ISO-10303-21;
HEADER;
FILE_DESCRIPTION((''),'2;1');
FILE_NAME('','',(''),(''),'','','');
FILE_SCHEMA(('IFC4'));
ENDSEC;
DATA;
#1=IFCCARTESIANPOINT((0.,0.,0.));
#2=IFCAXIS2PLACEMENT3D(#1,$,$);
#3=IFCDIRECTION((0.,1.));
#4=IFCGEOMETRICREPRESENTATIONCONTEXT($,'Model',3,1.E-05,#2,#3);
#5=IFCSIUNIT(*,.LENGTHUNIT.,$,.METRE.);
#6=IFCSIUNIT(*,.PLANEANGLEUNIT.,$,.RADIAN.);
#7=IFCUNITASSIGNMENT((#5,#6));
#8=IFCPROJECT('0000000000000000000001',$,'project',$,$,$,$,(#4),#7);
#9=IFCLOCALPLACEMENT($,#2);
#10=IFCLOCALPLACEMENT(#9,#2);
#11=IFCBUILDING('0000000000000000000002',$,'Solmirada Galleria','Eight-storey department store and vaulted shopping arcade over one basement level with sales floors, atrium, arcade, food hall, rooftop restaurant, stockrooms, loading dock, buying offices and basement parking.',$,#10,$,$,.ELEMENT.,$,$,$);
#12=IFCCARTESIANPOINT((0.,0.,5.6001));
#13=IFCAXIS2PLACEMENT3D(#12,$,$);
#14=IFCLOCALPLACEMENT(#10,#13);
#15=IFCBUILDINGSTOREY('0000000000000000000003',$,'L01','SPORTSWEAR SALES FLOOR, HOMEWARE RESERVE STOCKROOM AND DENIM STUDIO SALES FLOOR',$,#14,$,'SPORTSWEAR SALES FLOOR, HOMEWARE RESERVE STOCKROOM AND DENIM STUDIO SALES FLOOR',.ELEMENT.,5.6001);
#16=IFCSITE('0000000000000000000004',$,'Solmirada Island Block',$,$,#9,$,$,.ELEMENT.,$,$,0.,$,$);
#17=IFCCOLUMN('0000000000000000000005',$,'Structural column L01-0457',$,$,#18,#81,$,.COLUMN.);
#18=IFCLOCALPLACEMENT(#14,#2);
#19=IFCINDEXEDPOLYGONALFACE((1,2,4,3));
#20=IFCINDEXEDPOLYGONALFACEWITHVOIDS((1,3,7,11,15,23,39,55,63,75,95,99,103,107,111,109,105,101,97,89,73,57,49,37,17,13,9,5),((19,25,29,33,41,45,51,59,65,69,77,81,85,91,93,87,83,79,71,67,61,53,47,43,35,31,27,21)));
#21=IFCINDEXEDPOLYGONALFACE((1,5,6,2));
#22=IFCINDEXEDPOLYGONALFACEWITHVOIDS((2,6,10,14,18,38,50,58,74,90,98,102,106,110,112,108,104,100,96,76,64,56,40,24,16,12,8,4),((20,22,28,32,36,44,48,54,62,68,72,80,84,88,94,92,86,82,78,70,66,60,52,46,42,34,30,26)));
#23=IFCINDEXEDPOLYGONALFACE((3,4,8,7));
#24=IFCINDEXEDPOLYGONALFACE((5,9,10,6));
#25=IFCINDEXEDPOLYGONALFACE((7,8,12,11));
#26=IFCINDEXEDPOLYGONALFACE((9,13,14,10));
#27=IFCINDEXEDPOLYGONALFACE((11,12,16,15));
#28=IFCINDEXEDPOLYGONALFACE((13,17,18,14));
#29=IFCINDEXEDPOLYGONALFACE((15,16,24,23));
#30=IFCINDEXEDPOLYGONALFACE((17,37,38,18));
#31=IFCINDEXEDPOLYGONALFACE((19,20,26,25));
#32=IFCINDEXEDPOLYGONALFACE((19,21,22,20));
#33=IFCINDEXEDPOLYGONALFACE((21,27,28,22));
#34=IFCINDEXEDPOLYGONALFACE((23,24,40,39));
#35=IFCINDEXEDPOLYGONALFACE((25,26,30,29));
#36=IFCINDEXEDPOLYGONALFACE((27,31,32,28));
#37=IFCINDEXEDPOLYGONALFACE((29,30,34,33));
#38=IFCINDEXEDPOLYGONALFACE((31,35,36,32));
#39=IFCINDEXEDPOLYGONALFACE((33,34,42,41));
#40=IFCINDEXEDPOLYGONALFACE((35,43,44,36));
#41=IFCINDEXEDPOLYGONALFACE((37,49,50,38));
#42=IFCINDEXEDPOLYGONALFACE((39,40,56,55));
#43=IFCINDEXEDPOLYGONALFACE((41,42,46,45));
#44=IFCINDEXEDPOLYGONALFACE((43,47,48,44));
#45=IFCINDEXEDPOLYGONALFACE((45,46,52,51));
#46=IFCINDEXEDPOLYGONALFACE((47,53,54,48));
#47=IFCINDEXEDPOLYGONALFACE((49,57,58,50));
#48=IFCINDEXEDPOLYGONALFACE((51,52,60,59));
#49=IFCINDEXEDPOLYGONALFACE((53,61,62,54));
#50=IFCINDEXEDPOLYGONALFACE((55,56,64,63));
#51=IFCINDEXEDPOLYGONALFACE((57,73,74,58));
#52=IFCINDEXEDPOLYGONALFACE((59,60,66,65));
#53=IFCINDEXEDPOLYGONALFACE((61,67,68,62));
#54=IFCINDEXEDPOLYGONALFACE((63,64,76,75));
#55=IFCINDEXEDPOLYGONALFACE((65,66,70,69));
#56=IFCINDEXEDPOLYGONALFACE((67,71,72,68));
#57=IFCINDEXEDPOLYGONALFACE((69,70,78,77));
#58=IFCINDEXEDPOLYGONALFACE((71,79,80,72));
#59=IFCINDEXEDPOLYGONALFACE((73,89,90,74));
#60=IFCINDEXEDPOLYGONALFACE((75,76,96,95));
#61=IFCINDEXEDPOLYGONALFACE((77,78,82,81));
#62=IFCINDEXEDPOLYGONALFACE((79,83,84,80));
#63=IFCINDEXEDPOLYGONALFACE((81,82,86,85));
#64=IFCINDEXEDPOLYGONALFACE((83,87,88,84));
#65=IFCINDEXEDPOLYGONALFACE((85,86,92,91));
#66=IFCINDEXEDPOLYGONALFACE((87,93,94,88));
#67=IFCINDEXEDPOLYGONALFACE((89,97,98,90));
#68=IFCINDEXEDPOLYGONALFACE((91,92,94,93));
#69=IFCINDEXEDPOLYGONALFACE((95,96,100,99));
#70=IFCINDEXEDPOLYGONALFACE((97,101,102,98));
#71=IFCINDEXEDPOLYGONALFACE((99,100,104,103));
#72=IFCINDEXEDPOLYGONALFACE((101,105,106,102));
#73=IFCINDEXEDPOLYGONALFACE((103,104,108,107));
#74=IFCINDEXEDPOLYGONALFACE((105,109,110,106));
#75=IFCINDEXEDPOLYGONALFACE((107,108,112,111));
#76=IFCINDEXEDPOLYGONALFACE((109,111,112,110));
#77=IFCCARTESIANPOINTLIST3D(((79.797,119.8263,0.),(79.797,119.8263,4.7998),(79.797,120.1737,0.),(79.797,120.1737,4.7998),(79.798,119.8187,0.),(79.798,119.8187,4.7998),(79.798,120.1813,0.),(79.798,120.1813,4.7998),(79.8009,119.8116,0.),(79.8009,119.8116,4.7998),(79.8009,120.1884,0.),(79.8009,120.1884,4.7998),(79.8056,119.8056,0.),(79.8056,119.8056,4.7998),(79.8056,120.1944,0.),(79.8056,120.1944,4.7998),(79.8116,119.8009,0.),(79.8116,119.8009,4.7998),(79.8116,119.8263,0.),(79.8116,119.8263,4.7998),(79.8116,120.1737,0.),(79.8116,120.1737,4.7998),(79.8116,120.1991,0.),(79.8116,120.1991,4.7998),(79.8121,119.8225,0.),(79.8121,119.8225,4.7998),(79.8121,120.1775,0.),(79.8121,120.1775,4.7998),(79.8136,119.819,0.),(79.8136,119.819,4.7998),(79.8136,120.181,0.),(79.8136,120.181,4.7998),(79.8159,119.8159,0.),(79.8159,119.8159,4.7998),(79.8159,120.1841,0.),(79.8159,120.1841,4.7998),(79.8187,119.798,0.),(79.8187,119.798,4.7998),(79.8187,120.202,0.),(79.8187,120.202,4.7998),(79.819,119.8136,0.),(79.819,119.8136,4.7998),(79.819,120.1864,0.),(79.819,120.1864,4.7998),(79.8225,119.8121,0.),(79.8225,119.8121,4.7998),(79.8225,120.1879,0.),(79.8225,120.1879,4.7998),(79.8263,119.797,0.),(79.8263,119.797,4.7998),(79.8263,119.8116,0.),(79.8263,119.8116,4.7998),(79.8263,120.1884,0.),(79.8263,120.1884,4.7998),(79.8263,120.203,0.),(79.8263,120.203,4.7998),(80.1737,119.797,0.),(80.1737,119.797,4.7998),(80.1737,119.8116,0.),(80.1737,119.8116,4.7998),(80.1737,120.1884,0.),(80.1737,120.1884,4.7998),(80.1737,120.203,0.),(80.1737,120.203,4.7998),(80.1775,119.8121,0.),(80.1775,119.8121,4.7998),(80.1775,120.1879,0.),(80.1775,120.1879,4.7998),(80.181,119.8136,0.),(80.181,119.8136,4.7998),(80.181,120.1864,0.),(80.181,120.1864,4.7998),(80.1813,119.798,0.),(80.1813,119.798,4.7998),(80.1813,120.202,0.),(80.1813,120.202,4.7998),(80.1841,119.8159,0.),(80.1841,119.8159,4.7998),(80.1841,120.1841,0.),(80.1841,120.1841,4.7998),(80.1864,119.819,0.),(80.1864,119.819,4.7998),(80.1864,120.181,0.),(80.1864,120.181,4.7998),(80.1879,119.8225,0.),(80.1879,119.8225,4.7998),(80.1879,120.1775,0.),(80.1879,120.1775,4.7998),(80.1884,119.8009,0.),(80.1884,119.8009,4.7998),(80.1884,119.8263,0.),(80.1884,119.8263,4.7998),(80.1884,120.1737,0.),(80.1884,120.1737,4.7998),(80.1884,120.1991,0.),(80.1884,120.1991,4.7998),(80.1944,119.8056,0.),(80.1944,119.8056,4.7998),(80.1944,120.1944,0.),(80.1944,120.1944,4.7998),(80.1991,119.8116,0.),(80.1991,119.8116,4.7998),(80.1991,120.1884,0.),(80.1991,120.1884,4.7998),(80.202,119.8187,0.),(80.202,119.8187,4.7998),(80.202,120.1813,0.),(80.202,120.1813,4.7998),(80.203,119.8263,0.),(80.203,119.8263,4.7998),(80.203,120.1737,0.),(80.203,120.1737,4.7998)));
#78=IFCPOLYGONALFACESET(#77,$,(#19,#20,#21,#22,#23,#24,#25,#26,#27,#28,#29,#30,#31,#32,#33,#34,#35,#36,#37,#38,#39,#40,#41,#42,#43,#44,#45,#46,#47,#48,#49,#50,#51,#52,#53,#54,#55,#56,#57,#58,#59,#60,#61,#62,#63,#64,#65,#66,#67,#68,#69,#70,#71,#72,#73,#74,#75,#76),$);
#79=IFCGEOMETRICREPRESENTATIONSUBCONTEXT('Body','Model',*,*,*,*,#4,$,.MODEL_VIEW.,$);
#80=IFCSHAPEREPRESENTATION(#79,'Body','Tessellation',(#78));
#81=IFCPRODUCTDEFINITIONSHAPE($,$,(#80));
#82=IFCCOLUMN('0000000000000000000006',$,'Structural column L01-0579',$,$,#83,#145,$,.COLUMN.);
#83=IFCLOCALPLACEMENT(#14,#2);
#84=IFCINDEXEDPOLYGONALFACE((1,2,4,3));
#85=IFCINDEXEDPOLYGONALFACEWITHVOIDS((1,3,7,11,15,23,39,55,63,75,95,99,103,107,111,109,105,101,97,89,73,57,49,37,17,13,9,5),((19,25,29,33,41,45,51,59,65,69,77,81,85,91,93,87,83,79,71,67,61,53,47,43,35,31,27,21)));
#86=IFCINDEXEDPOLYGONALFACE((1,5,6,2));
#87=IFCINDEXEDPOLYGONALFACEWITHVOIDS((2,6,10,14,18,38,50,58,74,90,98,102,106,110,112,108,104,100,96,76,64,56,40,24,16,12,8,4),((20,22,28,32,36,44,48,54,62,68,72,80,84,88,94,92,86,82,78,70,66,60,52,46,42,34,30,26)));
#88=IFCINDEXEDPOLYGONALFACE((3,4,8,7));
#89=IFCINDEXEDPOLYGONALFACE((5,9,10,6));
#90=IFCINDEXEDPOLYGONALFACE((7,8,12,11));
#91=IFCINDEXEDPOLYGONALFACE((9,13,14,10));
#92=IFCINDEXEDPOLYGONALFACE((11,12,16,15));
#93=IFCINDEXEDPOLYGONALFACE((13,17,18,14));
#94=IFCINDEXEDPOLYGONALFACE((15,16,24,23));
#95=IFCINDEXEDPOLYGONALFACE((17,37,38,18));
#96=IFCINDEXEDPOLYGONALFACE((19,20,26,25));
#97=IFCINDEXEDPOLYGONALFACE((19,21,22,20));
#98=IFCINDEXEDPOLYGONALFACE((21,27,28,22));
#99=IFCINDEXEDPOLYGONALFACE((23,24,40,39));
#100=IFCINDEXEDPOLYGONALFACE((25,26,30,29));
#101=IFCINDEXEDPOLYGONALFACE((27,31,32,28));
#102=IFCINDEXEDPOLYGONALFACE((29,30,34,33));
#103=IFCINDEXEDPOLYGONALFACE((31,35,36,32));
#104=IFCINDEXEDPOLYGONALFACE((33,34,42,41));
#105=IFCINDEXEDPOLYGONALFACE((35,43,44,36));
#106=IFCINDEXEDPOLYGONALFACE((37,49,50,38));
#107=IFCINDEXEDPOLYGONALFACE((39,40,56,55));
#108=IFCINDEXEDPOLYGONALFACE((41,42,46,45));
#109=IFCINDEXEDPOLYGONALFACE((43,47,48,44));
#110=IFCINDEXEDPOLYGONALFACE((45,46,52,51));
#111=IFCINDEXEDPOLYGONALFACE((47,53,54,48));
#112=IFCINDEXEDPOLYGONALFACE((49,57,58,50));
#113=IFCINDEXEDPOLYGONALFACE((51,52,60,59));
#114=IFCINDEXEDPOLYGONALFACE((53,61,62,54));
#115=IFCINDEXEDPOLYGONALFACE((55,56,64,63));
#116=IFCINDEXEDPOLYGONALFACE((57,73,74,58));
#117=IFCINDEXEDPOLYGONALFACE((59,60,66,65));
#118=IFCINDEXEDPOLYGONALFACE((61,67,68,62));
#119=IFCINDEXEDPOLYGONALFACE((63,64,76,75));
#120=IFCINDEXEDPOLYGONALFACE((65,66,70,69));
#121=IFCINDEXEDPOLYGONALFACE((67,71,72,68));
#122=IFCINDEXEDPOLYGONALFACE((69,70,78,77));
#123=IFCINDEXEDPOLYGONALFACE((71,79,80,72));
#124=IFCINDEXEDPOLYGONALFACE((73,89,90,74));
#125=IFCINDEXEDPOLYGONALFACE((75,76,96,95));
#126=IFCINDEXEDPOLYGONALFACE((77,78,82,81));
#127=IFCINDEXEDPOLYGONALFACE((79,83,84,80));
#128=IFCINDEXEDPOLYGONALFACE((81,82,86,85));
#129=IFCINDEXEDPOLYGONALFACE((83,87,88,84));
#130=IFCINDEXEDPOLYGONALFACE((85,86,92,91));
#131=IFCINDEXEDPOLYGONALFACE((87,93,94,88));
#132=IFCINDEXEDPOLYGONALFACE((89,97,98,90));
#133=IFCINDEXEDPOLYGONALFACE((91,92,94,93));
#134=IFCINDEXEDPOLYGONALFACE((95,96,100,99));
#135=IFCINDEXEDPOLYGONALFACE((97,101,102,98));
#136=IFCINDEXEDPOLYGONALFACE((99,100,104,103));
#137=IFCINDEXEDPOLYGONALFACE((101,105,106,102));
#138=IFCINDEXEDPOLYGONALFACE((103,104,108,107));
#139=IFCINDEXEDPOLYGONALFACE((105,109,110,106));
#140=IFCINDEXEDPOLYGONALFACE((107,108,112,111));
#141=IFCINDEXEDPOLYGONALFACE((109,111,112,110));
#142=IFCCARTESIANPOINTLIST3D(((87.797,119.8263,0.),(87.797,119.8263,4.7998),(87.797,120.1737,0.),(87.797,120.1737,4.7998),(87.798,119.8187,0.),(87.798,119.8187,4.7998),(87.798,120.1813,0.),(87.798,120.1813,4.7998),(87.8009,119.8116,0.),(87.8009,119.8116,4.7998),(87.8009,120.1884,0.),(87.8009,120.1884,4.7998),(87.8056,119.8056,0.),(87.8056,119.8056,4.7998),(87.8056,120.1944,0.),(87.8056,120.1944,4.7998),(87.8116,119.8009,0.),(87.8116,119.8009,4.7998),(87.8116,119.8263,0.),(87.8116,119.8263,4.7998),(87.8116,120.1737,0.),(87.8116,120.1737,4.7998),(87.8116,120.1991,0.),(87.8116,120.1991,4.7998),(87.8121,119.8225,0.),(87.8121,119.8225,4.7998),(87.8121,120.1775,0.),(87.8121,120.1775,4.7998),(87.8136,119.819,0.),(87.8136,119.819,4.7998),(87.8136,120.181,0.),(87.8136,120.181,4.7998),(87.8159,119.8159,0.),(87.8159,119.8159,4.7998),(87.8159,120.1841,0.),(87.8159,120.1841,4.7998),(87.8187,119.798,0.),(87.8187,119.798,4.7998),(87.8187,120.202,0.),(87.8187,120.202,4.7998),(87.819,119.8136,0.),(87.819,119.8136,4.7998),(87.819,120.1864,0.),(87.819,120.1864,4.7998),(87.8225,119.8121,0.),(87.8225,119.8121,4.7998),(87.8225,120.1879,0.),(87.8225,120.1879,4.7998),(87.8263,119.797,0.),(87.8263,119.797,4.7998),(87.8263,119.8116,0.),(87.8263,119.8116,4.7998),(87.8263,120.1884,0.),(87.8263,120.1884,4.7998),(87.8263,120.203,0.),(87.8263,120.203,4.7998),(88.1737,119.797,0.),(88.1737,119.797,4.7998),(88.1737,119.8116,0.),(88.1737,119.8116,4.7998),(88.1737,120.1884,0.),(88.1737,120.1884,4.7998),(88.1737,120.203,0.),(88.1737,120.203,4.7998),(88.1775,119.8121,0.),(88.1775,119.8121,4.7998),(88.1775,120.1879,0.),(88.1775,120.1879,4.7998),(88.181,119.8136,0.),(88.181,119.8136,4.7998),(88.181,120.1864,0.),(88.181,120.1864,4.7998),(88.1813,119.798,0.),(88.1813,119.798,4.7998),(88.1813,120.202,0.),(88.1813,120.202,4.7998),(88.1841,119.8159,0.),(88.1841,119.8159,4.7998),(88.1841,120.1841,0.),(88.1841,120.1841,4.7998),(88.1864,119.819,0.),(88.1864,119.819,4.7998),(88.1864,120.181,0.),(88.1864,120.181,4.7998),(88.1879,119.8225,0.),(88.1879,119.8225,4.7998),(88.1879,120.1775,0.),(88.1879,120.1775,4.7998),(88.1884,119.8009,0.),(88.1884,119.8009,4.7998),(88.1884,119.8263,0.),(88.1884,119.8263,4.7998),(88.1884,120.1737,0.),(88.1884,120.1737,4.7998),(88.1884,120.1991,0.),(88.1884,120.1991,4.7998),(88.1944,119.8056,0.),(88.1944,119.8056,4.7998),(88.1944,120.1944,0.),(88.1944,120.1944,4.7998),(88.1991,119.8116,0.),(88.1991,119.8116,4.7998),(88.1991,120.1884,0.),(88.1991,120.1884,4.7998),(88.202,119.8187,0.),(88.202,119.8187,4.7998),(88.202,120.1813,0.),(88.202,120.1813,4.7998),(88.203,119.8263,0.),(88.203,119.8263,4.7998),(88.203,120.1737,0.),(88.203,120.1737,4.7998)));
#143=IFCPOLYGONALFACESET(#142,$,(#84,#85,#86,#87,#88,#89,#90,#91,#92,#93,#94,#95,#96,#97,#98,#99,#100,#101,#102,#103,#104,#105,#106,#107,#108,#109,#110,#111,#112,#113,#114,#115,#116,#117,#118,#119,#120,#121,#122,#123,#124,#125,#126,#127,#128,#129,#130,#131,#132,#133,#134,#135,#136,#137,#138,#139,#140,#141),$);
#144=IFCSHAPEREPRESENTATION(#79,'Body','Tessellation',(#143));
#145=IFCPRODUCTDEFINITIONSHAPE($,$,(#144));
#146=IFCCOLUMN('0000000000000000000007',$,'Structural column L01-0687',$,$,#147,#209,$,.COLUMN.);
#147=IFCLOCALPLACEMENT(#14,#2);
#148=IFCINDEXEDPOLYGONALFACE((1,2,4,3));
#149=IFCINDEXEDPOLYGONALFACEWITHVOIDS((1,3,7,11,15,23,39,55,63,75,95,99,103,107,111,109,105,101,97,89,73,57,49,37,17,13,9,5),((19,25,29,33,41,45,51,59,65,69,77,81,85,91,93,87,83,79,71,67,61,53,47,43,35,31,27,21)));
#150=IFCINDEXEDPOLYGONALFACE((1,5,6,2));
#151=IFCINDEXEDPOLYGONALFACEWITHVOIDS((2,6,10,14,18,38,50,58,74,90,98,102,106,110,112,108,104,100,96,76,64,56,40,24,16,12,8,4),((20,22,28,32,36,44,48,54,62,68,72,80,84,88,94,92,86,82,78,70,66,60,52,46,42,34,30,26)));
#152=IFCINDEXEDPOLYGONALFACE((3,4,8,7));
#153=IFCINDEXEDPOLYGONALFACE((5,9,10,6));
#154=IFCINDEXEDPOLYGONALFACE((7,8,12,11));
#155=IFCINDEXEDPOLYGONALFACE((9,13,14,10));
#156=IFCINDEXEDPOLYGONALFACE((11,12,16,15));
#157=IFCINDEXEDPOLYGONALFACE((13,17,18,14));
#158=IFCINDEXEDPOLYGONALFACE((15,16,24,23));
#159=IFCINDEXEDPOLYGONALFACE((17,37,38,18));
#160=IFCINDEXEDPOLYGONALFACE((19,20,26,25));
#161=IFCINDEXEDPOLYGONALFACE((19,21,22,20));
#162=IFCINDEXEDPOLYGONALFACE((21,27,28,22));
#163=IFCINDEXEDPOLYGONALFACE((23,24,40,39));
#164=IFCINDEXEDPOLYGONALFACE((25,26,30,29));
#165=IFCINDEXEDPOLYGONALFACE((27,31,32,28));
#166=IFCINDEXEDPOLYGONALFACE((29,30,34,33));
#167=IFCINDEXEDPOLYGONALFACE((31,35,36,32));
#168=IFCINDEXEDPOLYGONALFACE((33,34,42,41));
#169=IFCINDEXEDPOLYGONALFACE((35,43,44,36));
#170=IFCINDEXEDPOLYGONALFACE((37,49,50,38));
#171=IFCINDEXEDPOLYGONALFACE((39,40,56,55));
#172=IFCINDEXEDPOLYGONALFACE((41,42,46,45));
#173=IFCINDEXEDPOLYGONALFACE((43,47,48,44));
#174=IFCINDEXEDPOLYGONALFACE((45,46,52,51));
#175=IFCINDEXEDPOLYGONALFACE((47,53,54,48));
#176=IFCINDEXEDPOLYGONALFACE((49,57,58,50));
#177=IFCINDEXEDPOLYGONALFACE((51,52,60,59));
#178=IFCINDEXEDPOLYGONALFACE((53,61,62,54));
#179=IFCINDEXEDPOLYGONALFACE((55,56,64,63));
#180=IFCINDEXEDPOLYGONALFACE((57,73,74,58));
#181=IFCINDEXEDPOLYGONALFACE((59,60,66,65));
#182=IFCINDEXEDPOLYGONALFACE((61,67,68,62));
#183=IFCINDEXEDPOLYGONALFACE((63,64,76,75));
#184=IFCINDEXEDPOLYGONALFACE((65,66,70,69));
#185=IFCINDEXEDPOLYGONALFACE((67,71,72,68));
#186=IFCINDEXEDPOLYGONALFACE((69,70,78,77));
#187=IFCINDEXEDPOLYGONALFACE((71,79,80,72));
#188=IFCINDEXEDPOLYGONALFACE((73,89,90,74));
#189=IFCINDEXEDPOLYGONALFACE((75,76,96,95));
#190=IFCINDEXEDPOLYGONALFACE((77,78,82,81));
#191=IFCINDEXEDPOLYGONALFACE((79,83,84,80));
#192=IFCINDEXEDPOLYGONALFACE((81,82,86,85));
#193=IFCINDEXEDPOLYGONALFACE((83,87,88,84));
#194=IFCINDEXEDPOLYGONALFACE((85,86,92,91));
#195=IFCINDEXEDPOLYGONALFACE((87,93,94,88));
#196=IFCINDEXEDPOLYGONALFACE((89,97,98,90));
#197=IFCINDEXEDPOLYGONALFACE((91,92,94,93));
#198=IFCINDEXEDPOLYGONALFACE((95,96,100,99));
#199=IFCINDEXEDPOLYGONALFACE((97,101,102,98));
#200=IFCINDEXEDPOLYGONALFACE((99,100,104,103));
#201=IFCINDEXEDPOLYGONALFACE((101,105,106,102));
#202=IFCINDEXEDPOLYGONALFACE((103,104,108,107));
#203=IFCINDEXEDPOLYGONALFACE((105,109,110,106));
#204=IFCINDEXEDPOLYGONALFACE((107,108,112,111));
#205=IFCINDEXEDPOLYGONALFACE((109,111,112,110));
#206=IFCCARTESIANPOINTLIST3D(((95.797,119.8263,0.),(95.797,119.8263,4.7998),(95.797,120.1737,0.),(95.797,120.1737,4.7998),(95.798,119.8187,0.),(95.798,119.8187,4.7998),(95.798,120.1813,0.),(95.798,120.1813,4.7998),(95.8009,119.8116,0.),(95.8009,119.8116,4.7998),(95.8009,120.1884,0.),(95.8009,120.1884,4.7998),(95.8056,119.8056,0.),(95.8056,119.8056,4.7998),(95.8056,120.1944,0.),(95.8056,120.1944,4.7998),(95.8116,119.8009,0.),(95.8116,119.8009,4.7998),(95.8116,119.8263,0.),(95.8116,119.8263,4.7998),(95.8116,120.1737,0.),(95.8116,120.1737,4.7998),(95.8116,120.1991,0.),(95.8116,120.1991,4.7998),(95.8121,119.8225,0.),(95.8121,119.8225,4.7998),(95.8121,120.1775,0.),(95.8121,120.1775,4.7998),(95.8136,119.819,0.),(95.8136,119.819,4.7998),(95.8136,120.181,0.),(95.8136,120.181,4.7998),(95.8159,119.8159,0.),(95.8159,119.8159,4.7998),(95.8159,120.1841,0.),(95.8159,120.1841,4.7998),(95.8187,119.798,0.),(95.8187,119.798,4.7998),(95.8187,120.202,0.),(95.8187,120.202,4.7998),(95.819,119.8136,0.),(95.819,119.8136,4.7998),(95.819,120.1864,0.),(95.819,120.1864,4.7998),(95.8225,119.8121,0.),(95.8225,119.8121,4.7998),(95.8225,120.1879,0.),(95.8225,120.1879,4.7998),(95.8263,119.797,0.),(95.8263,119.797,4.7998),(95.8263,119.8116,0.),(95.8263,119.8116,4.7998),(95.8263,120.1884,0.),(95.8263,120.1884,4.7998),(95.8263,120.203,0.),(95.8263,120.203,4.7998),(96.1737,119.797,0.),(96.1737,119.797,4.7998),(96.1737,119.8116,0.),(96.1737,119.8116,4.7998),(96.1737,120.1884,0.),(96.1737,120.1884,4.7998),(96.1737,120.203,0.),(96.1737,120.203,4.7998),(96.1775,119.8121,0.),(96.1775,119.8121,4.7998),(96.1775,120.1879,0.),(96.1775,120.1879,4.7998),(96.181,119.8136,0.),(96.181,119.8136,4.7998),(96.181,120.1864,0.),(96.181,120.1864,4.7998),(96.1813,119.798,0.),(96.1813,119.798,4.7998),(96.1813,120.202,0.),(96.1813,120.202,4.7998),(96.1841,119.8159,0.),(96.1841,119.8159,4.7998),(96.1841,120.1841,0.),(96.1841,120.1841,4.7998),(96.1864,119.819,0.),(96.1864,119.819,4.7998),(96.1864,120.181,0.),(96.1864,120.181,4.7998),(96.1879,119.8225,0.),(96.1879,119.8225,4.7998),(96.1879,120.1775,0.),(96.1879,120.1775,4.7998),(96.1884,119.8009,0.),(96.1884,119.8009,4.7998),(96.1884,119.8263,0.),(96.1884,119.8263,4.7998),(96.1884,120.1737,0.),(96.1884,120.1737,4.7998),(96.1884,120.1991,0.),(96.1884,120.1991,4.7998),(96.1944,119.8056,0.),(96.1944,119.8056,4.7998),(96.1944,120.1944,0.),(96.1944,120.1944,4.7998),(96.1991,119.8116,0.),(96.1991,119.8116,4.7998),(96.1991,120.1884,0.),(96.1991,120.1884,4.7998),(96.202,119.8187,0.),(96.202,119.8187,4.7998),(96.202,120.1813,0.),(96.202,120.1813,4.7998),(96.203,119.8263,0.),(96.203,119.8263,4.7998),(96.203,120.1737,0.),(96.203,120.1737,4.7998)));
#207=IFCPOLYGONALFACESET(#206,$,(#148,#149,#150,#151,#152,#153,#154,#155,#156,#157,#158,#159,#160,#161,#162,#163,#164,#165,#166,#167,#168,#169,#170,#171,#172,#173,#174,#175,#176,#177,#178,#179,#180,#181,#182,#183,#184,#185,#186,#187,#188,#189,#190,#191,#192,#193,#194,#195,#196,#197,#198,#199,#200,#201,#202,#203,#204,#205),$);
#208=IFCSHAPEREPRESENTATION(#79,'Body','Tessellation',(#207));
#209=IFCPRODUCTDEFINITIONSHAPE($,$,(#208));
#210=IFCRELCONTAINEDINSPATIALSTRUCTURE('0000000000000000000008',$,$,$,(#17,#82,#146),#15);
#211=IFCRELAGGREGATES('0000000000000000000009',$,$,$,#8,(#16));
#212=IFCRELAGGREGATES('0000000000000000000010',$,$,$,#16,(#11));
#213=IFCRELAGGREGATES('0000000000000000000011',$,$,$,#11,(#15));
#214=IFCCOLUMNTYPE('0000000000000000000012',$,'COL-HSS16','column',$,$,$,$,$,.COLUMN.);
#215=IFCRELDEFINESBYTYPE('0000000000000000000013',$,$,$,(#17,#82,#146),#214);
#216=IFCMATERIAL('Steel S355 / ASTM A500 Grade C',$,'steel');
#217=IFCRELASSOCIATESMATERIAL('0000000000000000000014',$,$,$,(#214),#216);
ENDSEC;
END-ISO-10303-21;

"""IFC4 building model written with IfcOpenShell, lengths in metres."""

from ifc_helpers import new_model, si_unit, direction, frame, origin, origin_2d, place, context, subcontext, project, spatial, hollow_rectangle, extrude, material, material_profile, profile_set, type_object, element, save


model = new_model("IFC4")

# Units and contexts
model_context = context("Model", 3, precision=1e-05, world=origin(), true_north=direction((0.0, 1.0)))
body_context = subcontext(model_context, "Body", "Model", "MODEL_VIEW")
ifc_project = project(units=[si_unit("LENGTHUNIT", "METRE"), si_unit("PLANEANGLEUNIT", "RADIAN")], contexts=[model_context])

# Site, building, storey
site_placement = place(None, origin())
site = spatial("IfcSite", under=ifc_project, at=site_placement, Name="Solmirada Island Block", CompositionType="ELEMENT", RefElevation=0.0)
building_placement = place(site_placement, origin())
building = spatial("IfcBuilding", under=site, at=building_placement, Name="Solmirada Galleria", Description="Eight-storey department store and vaulted shopping arcade over one basement level with sales floors, atrium, arcade, food hall, rooftop restaurant, stockrooms, loading dock, buying offices and basement parking.", CompositionType="ELEMENT")
storey_placement = place(building_placement, frame((0.0, 0.0, 5.6001)))
storey = spatial("IfcBuildingStorey", under=building, at=storey_placement, Name="L01", Description="SPORTSWEAR SALES FLOOR, HOMEWARE RESERVE STOCKROOM AND DENIM STUDIO SALES FLOOR", LongName="SPORTSWEAR SALES FLOOR, HOMEWARE RESERVE STOCKROOM AND DENIM STUDIO SALES FLOOR", CompositionType="ELEMENT", Elevation=5.6001)

# Columns
ifc_material_1 = material(Name="Steel S355 / ASTM A500 Grade C", Category="steel")
ifc_material_profile_1 = material_profile(ifc_material_1, hollow_rectangle(XDim=0.406, YDim=0.406, WallThickness=0.0146, InnerFilletRadius=0.0146, OuterFilletRadius=0.0293, at=origin_2d()), Name="HSS16X16X5/8")
ifc_profile_set_1 = profile_set([ifc_material_profile_1], Name="Steel S355 / ASTM A500 Grade C")
column_type_1 = type_object("IfcColumnType", Name="COL-HSS16", Description="column", PredefinedType="COLUMN", material=ifc_profile_set_1)
for number, where, z_axis, x_axis, name in (
    (1, (80.0, 120.0, 0.0), (0.0, 0.0, 1.0), (1.0, 0.0, 0.0), "Structural column L01-0457"),
    (2, (88.0, 120.0, 0.0), (0.0, 0.0, 1.0), (1.0, 0.0, 0.0), "Structural column L01-0579"),
    (3, (96.0, 120.0, 0.0), (0.0, 0.0, 1.0), (1.0, 0.0, 0.0), "Structural column L01-0687"),
):
    element("IfcColumn", number, at=place(storey_placement, frame(where, z_axis=z_axis, x_axis=x_axis)), inside=storey, type_object=column_type_1, Name=name, PredefinedType="COLUMN", context=body_context, shape_type="SweptSolid", body=[
        extrude(hollow_rectangle(XDim=0.406, YDim=0.406, WallThickness=0.0146, InnerFilletRadius=0.0146, OuterFilletRadius=0.0293, at=origin_2d()), origin(), (0.0, 0.0, 1.0), 4.7998),
    ])

save(model, "model.ifc")
